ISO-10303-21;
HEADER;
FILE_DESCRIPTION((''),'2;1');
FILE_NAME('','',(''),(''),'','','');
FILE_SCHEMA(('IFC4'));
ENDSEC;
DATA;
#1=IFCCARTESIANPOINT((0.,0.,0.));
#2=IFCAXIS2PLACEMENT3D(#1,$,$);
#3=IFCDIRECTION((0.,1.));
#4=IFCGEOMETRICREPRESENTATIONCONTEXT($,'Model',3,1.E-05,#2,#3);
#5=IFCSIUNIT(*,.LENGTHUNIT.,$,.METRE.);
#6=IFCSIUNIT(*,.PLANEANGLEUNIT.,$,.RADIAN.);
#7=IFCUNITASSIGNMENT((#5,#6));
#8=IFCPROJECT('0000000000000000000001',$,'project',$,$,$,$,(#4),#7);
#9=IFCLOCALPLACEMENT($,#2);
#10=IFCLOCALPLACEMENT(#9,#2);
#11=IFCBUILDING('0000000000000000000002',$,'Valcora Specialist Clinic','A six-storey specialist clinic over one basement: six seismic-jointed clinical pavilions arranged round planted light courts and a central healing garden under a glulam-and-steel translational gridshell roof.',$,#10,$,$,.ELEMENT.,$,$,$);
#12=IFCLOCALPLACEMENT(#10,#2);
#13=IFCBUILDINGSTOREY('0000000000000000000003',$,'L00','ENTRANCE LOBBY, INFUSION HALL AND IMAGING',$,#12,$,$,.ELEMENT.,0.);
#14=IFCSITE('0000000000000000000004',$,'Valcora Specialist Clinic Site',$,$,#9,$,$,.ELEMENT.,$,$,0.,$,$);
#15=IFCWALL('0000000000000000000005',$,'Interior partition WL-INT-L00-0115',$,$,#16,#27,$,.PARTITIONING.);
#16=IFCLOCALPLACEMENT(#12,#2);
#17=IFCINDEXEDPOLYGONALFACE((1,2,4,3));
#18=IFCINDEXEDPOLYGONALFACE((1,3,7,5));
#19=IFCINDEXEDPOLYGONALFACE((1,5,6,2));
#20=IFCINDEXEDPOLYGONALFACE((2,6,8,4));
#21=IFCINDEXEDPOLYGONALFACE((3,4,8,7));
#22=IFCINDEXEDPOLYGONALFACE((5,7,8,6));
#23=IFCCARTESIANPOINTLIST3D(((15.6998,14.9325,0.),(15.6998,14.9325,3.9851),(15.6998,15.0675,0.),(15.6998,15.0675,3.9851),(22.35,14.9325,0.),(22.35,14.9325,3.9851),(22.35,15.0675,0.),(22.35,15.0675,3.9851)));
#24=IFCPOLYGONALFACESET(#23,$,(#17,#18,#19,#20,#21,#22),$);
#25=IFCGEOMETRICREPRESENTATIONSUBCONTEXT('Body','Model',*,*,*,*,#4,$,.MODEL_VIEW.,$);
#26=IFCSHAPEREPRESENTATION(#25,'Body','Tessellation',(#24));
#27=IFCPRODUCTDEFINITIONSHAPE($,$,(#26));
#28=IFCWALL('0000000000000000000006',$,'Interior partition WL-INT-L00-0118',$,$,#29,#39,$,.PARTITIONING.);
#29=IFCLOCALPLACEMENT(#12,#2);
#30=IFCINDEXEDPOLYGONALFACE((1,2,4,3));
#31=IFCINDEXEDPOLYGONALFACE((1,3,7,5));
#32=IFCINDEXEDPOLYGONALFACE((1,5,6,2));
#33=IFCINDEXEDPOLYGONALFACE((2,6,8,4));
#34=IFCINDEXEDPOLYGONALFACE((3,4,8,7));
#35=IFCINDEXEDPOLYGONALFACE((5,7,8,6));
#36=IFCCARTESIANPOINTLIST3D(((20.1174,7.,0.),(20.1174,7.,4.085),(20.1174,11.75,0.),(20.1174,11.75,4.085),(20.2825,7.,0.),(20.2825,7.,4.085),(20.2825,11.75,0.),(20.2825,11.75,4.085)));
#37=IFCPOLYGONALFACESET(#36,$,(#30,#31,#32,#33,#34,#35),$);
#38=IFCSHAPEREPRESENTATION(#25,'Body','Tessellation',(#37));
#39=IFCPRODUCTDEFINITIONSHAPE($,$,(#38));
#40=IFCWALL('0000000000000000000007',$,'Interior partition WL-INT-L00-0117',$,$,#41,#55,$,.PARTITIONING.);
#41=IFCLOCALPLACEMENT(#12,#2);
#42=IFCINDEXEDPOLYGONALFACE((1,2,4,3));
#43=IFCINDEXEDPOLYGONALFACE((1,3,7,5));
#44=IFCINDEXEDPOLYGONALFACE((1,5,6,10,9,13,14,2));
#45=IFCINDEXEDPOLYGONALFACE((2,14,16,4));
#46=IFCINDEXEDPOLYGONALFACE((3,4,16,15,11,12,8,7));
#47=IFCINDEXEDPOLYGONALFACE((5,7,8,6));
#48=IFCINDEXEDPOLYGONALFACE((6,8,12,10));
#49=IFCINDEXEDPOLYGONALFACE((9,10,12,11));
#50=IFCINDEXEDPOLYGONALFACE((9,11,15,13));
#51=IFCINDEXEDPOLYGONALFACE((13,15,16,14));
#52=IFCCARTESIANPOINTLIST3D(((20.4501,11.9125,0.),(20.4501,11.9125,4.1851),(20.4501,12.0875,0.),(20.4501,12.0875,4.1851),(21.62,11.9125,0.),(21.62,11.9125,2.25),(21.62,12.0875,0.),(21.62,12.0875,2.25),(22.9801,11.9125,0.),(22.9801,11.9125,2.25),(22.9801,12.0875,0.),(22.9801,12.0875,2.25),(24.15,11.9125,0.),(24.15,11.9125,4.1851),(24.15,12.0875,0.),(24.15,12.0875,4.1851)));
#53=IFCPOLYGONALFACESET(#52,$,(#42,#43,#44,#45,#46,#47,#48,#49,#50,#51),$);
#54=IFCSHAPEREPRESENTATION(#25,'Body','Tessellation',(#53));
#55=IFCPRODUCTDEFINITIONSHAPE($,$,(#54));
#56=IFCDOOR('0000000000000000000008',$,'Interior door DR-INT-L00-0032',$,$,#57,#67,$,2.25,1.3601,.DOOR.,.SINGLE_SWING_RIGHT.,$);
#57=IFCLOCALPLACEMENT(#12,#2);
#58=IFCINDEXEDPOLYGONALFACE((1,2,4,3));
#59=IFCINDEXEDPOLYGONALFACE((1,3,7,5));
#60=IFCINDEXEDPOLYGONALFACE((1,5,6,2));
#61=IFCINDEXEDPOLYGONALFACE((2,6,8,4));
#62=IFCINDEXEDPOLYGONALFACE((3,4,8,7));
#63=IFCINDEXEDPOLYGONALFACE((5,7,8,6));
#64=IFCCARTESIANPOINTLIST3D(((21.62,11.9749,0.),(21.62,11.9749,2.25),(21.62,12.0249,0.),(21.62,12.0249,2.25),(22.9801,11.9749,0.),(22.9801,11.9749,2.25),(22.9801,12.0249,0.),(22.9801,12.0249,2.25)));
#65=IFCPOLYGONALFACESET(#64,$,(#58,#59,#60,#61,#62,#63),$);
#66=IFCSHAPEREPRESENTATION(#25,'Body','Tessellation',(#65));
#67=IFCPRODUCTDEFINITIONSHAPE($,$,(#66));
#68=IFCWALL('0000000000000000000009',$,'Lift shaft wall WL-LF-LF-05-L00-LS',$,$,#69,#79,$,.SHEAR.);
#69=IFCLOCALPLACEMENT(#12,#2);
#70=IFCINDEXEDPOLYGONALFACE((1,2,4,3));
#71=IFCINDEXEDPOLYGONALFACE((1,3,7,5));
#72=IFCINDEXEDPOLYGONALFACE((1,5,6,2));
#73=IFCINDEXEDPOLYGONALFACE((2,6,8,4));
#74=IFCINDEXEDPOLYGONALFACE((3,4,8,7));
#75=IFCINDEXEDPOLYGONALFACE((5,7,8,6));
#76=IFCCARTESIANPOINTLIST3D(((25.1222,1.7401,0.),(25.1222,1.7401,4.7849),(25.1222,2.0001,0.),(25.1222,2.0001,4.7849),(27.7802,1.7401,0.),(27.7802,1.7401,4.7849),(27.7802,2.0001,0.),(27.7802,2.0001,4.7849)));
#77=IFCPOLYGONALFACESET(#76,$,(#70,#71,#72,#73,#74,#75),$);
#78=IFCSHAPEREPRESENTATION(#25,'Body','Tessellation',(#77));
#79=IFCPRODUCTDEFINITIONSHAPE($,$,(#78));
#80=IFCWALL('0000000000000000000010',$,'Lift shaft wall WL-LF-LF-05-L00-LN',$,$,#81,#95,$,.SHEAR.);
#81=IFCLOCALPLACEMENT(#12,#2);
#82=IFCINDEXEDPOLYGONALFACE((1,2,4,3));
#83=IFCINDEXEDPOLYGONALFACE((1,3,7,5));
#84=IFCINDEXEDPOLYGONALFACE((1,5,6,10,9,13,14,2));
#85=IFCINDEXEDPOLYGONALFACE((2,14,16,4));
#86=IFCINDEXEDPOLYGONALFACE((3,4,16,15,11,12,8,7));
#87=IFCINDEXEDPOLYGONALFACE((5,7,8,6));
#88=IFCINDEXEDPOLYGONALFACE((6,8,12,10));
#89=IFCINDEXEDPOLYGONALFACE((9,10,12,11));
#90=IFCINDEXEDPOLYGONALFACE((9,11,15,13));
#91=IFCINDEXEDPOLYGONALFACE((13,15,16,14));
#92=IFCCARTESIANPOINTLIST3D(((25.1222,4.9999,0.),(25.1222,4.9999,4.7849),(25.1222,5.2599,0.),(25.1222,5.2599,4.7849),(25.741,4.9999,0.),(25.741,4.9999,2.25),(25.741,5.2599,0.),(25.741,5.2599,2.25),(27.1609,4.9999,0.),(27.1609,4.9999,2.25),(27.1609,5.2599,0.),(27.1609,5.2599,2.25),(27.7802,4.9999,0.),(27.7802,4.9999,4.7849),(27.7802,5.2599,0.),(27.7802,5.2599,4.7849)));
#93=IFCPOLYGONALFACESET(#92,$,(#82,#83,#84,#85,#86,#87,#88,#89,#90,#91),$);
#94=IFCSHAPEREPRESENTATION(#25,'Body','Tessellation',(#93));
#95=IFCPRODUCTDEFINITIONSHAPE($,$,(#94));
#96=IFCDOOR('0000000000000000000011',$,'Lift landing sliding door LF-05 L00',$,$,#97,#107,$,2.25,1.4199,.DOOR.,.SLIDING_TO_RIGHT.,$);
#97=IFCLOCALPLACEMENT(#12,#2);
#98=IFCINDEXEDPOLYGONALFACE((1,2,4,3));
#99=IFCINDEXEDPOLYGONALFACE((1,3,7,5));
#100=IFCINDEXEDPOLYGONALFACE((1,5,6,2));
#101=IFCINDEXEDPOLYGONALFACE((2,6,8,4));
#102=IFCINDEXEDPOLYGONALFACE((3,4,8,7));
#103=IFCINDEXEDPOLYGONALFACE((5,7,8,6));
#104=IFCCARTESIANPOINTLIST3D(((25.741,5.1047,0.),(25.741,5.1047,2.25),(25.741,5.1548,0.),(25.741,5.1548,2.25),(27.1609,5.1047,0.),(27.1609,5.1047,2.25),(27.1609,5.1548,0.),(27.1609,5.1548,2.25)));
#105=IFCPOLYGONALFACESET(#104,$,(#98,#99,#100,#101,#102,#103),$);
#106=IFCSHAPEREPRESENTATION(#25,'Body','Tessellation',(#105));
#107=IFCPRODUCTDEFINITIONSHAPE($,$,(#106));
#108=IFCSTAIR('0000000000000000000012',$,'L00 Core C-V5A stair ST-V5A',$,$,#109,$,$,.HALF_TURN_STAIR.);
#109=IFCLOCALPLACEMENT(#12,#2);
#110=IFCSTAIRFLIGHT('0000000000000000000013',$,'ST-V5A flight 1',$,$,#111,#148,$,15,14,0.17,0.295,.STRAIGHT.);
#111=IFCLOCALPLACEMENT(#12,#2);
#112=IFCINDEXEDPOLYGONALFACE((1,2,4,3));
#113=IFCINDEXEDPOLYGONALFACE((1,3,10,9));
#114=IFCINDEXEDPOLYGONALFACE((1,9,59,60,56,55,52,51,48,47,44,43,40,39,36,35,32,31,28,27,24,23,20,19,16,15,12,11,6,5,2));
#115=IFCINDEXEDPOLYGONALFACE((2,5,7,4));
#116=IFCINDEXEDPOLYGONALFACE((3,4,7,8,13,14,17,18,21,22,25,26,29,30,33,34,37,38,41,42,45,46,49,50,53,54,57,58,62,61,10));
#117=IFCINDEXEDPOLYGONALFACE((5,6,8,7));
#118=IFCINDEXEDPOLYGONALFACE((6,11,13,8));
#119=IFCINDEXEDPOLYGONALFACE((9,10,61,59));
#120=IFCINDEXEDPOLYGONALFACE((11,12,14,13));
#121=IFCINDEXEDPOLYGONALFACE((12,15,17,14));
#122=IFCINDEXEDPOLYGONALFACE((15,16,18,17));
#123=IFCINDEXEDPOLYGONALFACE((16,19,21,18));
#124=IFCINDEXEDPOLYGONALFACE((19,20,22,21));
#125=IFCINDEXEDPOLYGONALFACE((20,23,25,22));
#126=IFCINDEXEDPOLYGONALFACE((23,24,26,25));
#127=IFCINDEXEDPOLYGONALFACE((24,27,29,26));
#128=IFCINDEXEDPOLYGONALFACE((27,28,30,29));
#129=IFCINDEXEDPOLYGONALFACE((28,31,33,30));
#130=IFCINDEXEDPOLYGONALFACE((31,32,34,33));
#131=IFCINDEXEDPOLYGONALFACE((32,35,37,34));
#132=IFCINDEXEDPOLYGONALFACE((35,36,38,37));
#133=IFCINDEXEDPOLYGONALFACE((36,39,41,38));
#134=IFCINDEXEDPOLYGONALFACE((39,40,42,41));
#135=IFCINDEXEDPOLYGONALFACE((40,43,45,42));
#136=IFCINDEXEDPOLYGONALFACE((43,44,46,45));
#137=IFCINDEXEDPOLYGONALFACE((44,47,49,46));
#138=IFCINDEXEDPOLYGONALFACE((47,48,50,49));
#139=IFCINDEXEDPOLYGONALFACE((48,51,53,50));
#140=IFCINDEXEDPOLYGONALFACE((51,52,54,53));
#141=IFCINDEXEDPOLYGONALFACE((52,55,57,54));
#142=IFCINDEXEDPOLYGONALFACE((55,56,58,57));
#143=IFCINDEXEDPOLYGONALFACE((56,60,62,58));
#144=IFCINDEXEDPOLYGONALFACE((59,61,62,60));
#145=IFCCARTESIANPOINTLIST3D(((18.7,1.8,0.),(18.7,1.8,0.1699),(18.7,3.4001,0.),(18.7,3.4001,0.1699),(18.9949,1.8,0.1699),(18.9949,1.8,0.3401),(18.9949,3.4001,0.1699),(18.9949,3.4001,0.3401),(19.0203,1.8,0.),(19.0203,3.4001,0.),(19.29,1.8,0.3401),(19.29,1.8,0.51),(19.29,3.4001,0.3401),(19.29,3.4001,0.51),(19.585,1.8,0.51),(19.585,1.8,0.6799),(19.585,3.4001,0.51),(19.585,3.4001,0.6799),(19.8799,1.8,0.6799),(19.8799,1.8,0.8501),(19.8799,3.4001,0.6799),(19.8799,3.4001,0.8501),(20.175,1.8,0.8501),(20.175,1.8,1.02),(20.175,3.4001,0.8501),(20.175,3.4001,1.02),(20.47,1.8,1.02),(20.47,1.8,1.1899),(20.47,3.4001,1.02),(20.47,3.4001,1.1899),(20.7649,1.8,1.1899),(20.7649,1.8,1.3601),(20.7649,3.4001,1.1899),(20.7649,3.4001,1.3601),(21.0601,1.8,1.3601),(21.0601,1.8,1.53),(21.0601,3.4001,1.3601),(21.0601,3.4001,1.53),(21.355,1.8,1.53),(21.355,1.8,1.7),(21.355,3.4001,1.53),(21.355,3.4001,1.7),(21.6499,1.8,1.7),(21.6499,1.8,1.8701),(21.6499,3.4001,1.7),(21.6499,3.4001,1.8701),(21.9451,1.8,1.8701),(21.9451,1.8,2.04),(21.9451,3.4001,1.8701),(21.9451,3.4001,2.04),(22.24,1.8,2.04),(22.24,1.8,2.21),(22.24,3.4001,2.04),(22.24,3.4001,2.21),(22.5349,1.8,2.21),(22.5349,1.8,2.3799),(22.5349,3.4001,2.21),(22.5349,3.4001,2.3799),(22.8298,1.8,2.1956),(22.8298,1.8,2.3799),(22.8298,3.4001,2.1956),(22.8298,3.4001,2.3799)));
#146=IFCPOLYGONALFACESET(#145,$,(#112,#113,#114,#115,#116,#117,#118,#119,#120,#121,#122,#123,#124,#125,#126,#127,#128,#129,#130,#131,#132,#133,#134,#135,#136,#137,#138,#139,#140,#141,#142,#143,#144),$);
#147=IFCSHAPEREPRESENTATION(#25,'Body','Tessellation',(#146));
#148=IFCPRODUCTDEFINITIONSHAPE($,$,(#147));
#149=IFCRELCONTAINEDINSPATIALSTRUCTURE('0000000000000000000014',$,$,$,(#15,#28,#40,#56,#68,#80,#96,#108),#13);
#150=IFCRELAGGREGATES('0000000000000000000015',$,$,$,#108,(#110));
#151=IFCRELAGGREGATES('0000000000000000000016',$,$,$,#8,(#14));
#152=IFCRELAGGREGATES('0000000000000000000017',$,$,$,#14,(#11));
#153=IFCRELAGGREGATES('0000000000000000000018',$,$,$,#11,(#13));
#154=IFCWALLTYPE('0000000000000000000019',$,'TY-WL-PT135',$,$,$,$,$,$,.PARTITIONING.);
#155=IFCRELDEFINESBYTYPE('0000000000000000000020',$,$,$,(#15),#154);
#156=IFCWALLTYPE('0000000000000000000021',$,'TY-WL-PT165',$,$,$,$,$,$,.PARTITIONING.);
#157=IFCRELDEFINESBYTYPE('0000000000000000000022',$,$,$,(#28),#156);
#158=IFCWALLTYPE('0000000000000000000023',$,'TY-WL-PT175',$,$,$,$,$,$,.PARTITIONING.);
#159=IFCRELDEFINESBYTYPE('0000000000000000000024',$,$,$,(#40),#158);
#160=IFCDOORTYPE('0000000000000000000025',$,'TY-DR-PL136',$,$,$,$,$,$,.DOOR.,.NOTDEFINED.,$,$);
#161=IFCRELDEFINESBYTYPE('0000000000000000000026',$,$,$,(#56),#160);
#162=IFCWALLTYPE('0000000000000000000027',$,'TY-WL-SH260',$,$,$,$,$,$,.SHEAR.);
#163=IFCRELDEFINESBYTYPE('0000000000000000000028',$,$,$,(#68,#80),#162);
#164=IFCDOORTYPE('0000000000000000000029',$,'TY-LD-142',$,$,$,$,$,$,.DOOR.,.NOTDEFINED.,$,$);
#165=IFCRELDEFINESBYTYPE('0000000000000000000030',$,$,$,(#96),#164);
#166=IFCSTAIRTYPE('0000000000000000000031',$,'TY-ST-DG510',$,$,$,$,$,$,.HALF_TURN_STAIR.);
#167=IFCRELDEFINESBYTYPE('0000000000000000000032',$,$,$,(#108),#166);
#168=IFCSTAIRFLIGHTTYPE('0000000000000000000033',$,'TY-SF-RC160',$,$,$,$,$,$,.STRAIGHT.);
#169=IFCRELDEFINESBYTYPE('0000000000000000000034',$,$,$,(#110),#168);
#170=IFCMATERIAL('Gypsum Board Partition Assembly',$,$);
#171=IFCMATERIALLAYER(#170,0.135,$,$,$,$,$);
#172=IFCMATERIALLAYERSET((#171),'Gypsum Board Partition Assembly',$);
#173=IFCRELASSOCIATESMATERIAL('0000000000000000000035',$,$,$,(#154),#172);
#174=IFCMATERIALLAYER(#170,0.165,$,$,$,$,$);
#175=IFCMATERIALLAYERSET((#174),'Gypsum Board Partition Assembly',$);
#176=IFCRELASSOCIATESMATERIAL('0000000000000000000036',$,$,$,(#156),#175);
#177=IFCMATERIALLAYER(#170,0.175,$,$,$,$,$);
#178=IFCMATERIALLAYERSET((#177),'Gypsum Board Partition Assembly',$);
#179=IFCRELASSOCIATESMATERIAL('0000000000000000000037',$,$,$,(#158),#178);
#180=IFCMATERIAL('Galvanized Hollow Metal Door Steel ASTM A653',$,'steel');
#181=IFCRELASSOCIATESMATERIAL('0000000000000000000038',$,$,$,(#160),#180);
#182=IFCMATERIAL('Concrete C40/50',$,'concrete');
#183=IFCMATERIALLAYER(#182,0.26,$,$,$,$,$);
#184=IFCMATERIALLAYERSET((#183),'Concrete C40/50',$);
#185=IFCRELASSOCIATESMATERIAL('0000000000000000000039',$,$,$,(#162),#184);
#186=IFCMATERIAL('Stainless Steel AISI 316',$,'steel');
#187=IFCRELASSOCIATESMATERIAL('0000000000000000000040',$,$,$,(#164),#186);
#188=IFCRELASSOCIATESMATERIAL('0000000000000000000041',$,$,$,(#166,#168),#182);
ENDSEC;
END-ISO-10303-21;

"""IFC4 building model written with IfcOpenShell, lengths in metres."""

from ifc_helpers import new_model, si_unit, direction, frame, frame_2d, origin, place, context, subcontext, project, spatial, polyline, rectangle, outline, extrude, material, layer, layer_set, type_object, element, fill, aggregate, save


model = new_model("IFC4")

# Units and contexts
model_context = context("Model", 3, precision=1e-05, world=origin(), true_north=direction((0.0, 1.0)))
body_context = subcontext(model_context, "Body", "Model", "MODEL_VIEW")
ifc_project = project(units=[si_unit("LENGTHUNIT", "METRE"), si_unit("PLANEANGLEUNIT", "RADIAN")], contexts=[model_context])

# Site, building, storey
site_placement = place(None, origin())
site = spatial("IfcSite", under=ifc_project, at=site_placement, Name="Valcora Specialist Clinic Site", CompositionType="ELEMENT", RefElevation=0.0)
building_placement = place(site_placement, origin())
building = spatial("IfcBuilding", under=site, at=building_placement, Name="Valcora Specialist Clinic", Description="A six-storey specialist clinic over one basement: six seismic-jointed clinical pavilions arranged round planted light courts and a central healing garden under a glulam-and-steel translational gridshell roof.", CompositionType="ELEMENT")
storey_placement = place(building_placement, origin())
storey = spatial("IfcBuildingStorey", under=building, at=storey_placement, Name="L00", Description="ENTRANCE LOBBY, INFUSION HALL AND IMAGING", CompositionType="ELEMENT", Elevation=0.0)

# Shared definitions
ifc_material_1 = material(Name="Concrete C40/50", Category="concrete")

# Shared definitions
ifc_material_2 = material(Name="Galvanized Hollow Metal Door Steel ASTM A653", Category="steel")

# Walls
ifc_material_3 = material(Name="Gypsum Board Partition Assembly")
ifc_layer_1 = layer(ifc_material_3, 0.135)
ifc_layer_set_1 = layer_set([ifc_layer_1], Name="Gypsum Board Partition Assembly")
wall_type_1 = type_object("IfcWallType", Name="TY-WL-PT135", PredefinedType="PARTITIONING", material=ifc_layer_set_1)
wall_1_placement = place(storey_placement, frame((22.3501, 15.0, 0.0), z_axis=(0.0, 0.0, 1.0), x_axis=(-1.0, 0.0, 0.0)))
element("IfcWall", 1, at=wall_1_placement, inside=storey, type_object=wall_type_1, Name="Interior partition WL-INT-L00-0115", PredefinedType="PARTITIONING", context=body_context, shape_type="SweptSolid", body=[
    extrude(rectangle(XDim=6.6501, YDim=0.135, at=frame_2d((3.3252, 0.0))), origin(), (0.0, 0.0, 1.0), 3.9851),
])
ifc_layer_2 = layer(ifc_material_3, 0.165)
ifc_layer_set_2 = layer_set([ifc_layer_2], Name="Gypsum Board Partition Assembly")
wall_type_2 = type_object("IfcWallType", Name="TY-WL-PT165", PredefinedType="PARTITIONING", material=ifc_layer_set_2)
wall_2_placement = place(storey_placement, frame((20.2, 7.0, 0.0), z_axis=(0.0, 0.0, 1.0), x_axis=(0.0, 1.0, 0.0)))
element("IfcWall", 2, at=wall_2_placement, inside=storey, type_object=wall_type_2, Name="Interior partition WL-INT-L00-0118", PredefinedType="PARTITIONING", context=body_context, shape_type="SweptSolid", body=[
    extrude(rectangle(XDim=4.75, YDim=0.165, at=frame_2d((2.375, 0.0))), origin(), (0.0, 0.0, 1.0), 4.085),
])

# Wall, opening, door
ifc_layer_3 = layer(ifc_material_3, 0.175)
ifc_layer_set_3 = layer_set([ifc_layer_3], Name="Gypsum Board Partition Assembly")
wall_type_3 = type_object("IfcWallType", Name="TY-WL-PT175", PredefinedType="PARTITIONING", material=ifc_layer_set_3)
wall_3_placement = place(storey_placement, frame((20.45, 12.0, 0.0), z_axis=(0.0, 0.0, 1.0), x_axis=(1.0, 0.0, 0.0)))
wall_3 = element("IfcWall", 3, at=wall_3_placement, inside=storey, type_object=wall_type_3, Name="Interior partition WL-INT-L00-0117", PredefinedType="PARTITIONING", context=body_context, shape_type="SweptSolid", body=[
    extrude(rectangle(XDim=3.7, YDim=0.175, at=frame_2d((1.8501, 0.0))), origin(), (0.0, 0.0, 1.0), 4.1851),
])
opening_1_placement = place(wall_3_placement, frame((1.1699, 0.0, 0.0)))
opening_1 = element("IfcOpeningElement", 4, at=opening_1_placement, cuts=wall_3, PredefinedType="OPENING", context=body_context, shape_type="SweptSolid", body=[
    extrude(rectangle(XDim=1.3601, YDim=2.25, at=frame_2d((0.6802, 1.125))), frame((0.0, 0.0974, 0.0), z_axis=(0.0, -1.0, 0.0), x_axis=(1.0, 0.0, 0.0)), (0.0, 0.0, 1.0), 0.1951),
])
door_type_1 = type_object("IfcDoorType", Name="TY-DR-PL136", OperationType="NOTDEFINED", PredefinedType="DOOR", material=ifc_material_2)
door_1_placement = place(opening_1_placement, origin())
door_1 = element("IfcDoor", 5, at=door_1_placement, inside=storey, type_object=door_type_1, Name="Interior door DR-INT-L00-0032", OperationType="SINGLE_SWING_RIGHT", OverallHeight=2.25, OverallWidth=1.3601, PredefinedType="DOOR", context=body_context, shape_type="SweptSolid", body=[
    extrude(rectangle(XDim=1.3601, YDim=2.25, at=frame_2d((0.6802, 1.125))), frame((0.0, 0.0249, 0.0), z_axis=(0.0, -1.0, 0.0), x_axis=(1.0, 0.0, 0.0)), (0.0, 0.0, 1.0), 0.05),
])
fill(opening_1, door_1)

# Wall
ifc_layer_4 = layer(ifc_material_1, 0.26)
ifc_layer_set_4 = layer_set([ifc_layer_4], Name="Concrete C40/50")
wall_type_4 = type_object("IfcWallType", Name="TY-WL-SH260", PredefinedType="SHEAR", material=ifc_layer_set_4)
wall_4_placement = place(storey_placement, frame((25.1221, 1.8701, 0.0), z_axis=(0.0, 0.0, 1.0), x_axis=(1.0, 0.0, 0.0)))
element("IfcWall", 6, at=wall_4_placement, inside=storey, type_object=wall_type_4, Name="Lift shaft wall WL-LF-LF-05-L00-LS", PredefinedType="SHEAR", context=body_context, shape_type="SweptSolid", body=[
    extrude(rectangle(XDim=2.658, YDim=0.26, at=frame_2d((1.3291, 0.0))), origin(), (0.0, 0.0, 1.0), 4.7849),
])

# Wall, opening, door
wall_5_placement = place(storey_placement, frame((25.1221, 5.1299, 0.0), z_axis=(0.0, 0.0, 1.0), x_axis=(1.0, 0.0, 0.0)))
wall_5 = element("IfcWall", 7, at=wall_5_placement, inside=storey, type_object=wall_type_4, Name="Lift shaft wall WL-LF-LF-05-L00-LN", PredefinedType="SHEAR", context=body_context, shape_type="SweptSolid", body=[
    extrude(rectangle(XDim=2.658, YDim=0.26, at=frame_2d((1.3291, 0.0))), origin(), (0.0, 0.0, 1.0), 4.7849),
])
opening_2_placement = place(wall_5_placement, frame((0.6189, 0.0, 0.0)))
opening_2 = element("IfcOpeningElement", 8, at=opening_2_placement, cuts=wall_5, PredefinedType="OPENING", context=body_context, shape_type="SweptSolid", body=[
    extrude(rectangle(XDim=1.4199, YDim=2.25, at=frame_2d((0.71, 1.125))), frame((0.0, 0.1399, 0.0), z_axis=(0.0, -1.0, 0.0), x_axis=(1.0, 0.0, 0.0)), (0.0, 0.0, 1.0), 0.28),
])
ifc_material_4 = material(Name="Stainless Steel AISI 316", Category="steel")
door_type_2 = type_object("IfcDoorType", Name="TY-LD-142", OperationType="NOTDEFINED", PredefinedType="DOOR", material=ifc_material_4)
door_2_placement = place(opening_2_placement, origin())
door_2 = element("IfcDoor", 9, at=door_2_placement, inside=storey, type_object=door_type_2, Name="Lift landing sliding door LF-05 L00", OperationType="SLIDING_TO_RIGHT", OverallHeight=2.25, OverallWidth=1.4199, PredefinedType="DOOR", context=body_context, shape_type="SweptSolid", body=[
    extrude(rectangle(XDim=1.4199, YDim=2.25, at=frame_2d((0.71, 1.125))), frame((0.0, 0.0249, 0.0), z_axis=(0.0, -1.0, 0.0), x_axis=(1.0, 0.0, 0.0)), (0.0, 0.0, 1.0), 0.05),
])
fill(opening_2, door_2)

# Stair, stair flight
stair_type = type_object("IfcStairType", Name="TY-ST-DG510", PredefinedType="HALF_TURN_STAIR", material=ifc_material_1)
stair_placement = place(storey_placement, origin())
stair = element("IfcStair", 10, at=stair_placement, inside=storey, type_object=stair_type, Name="L00 Core C-V5A stair ST-V5A", PredefinedType="HALF_TURN_STAIR")
stair_flight_type = type_object("IfcStairFlightType", Name="TY-SF-RC160", PredefinedType="STRAIGHT", material=ifc_material_1)
stair_flight_1_placement = place(storey_placement, frame((18.7, 2.6001, 0.0), z_axis=(0.0, 0.0, 1.0), x_axis=(1.0, 0.0, 0.0)))
stair_flight_1 = element("IfcStairFlight", 11, at=stair_flight_1_placement, type_object=stair_flight_type, Name="ST-V5A flight 1", NumberOfRisers=15, NumberOfTreads=14, PredefinedType="STRAIGHT", RiserHeight=0.17, TreadLength=0.295, context=body_context, shape_type="SweptSolid", body=[
    extrude(outline(polyline([(0.0, 0.0), (0.0, 0.1699), (0.2949, 0.1699), (0.2949, 0.3401), (0.5901, 0.3401), (0.5901, 0.51), (0.885, 0.51), (0.885, 0.6799), (1.1799, 0.6799), (1.1799, 0.8501), (1.4751, 0.8501), (1.4751, 1.02), (1.77, 1.02), (1.77, 1.1899), (2.0649, 1.1899), (2.0649, 1.3601), (2.3601, 1.3601), (2.3601, 1.53), (2.655, 1.53), (2.655, 1.7), (2.95, 1.7), (2.95, 1.8701), (3.2451, 1.8701), (3.2451, 2.04), (3.54, 2.04), (3.54, 2.21), (3.835, 2.21), (3.835, 2.3799), (4.1299, 2.3799), (4.1299, 2.55), (4.1299, 2.1956), (0.3203, 0.0), (0.0, 0.0)])), frame((0.0, 0.8, 0.0), z_axis=(0.0, -1.0, 0.0), x_axis=(1.0, 0.0, 0.0)), (0.0, 0.0, 1.0), 1.6001),
])
aggregate(stair, [stair_flight_1])

save(model, "model.ifc")
